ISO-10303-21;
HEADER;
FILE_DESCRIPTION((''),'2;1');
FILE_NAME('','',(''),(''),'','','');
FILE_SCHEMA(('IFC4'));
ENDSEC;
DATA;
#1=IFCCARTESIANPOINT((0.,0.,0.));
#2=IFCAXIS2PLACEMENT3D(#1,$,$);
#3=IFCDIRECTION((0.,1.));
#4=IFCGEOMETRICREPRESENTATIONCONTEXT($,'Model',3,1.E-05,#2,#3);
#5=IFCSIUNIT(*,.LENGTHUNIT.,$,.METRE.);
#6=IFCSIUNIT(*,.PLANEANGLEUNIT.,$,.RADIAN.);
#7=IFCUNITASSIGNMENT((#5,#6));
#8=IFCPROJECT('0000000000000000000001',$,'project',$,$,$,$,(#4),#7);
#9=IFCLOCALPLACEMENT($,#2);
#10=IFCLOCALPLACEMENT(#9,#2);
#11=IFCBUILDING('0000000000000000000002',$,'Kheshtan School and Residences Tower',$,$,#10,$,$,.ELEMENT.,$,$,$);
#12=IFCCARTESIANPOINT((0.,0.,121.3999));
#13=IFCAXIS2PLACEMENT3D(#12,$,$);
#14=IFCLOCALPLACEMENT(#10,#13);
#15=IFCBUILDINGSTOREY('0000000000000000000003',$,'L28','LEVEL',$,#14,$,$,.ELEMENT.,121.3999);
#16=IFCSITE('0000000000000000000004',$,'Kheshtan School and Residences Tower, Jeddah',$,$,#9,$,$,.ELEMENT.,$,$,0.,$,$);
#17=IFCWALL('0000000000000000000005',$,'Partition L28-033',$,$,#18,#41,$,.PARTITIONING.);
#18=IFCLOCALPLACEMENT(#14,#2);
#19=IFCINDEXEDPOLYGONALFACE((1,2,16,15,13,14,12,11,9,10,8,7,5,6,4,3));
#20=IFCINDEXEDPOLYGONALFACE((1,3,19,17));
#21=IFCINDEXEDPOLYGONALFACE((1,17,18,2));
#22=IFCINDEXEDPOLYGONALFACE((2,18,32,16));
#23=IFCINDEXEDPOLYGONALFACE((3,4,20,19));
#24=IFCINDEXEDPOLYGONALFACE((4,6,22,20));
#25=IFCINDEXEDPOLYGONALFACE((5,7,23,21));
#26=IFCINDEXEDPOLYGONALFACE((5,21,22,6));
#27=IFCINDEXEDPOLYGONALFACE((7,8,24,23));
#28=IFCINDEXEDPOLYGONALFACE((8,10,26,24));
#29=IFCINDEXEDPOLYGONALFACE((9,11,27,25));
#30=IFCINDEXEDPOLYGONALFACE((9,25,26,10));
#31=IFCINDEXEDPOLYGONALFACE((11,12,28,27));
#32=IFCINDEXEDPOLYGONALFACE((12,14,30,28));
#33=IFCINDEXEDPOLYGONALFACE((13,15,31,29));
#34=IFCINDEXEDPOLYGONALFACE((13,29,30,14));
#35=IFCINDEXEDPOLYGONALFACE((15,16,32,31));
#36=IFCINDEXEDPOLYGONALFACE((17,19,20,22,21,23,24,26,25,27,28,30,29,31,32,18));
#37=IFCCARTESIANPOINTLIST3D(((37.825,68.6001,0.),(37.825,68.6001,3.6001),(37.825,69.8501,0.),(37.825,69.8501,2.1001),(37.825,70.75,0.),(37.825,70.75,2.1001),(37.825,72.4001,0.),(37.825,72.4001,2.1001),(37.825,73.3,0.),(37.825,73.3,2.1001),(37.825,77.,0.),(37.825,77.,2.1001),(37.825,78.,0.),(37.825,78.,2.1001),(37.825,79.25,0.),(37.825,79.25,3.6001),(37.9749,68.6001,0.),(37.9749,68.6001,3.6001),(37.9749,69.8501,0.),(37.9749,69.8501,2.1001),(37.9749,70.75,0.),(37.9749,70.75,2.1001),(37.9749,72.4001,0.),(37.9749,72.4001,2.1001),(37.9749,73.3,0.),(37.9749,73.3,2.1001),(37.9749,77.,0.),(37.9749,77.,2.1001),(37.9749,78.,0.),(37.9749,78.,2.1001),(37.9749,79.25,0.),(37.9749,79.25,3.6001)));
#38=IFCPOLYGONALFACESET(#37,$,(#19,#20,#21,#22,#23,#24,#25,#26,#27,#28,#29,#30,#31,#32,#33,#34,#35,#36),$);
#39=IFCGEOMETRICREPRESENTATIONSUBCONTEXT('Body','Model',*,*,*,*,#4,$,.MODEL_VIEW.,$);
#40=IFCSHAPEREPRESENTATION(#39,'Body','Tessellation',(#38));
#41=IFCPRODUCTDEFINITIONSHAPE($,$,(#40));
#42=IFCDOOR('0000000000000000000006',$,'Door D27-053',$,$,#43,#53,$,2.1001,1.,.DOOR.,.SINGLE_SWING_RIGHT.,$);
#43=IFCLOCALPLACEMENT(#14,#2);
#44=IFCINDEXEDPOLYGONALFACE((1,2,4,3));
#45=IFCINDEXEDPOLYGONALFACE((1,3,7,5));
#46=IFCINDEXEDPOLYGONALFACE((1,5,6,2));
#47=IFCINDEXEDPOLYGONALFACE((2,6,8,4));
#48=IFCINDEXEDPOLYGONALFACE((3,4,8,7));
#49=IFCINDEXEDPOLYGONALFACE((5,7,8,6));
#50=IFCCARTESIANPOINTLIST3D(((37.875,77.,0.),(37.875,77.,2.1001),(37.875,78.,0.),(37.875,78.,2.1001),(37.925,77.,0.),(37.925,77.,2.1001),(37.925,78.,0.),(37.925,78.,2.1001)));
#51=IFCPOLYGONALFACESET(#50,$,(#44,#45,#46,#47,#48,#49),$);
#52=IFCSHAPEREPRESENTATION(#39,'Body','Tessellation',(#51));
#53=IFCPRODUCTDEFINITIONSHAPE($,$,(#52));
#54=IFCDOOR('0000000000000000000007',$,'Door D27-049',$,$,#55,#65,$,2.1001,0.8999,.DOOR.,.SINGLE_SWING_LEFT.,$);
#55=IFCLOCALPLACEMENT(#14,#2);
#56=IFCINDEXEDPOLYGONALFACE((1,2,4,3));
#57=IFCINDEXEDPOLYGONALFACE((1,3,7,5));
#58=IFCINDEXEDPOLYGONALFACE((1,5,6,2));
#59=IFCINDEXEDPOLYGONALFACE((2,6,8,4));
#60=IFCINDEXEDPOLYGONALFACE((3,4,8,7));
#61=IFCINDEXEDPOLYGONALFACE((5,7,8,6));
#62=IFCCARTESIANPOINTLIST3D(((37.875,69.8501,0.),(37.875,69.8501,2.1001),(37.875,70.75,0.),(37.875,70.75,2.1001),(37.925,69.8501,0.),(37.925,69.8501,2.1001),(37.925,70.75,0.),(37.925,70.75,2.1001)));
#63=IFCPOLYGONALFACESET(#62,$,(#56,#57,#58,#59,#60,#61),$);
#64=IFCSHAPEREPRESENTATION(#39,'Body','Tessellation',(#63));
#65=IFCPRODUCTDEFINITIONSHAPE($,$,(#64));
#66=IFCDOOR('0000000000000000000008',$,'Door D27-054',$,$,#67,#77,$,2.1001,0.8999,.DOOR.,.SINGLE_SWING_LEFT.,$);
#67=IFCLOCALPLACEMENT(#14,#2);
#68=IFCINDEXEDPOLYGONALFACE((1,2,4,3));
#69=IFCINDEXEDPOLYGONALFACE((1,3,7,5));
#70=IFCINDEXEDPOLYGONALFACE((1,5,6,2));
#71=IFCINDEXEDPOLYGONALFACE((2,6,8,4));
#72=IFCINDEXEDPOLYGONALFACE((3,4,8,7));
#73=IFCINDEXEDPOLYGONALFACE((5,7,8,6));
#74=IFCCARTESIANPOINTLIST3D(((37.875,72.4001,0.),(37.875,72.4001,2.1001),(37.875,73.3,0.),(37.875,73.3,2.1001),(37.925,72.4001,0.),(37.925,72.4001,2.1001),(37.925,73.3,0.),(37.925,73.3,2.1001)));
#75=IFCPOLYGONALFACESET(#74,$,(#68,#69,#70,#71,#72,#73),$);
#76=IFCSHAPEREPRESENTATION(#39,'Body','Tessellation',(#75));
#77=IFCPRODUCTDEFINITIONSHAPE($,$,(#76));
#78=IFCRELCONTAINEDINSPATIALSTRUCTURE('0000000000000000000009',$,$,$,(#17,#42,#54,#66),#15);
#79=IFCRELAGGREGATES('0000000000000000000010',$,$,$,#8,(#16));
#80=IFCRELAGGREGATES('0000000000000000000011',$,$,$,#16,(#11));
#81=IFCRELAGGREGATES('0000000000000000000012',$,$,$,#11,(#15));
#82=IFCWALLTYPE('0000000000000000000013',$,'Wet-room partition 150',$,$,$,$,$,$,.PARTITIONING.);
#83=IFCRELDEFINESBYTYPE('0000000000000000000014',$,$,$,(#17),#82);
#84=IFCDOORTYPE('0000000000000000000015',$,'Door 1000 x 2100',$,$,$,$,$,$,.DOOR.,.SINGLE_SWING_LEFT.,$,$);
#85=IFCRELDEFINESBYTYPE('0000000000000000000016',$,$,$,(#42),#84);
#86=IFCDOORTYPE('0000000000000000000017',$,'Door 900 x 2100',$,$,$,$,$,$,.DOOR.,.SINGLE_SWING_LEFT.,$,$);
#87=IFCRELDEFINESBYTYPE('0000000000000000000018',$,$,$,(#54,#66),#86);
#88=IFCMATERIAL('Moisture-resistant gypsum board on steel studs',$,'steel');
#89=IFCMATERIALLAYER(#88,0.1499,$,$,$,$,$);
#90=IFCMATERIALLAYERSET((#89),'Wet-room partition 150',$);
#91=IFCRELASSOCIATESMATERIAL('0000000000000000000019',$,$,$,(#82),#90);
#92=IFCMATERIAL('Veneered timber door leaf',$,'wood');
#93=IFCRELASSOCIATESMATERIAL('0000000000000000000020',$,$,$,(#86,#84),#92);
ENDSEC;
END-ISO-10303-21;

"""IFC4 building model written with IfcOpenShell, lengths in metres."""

from ifc_helpers import new_model, si_unit, direction, frame, frame_2d, origin, place, context, subcontext, project, spatial, rectangle, extrude, source, transform, mapped, material, layer, layer_set, type_object, element, fill, save


model = new_model("IFC4")

# Units and contexts
model_context = context("Model", 3, precision=1e-05, world=origin(), true_north=direction((0.0, 1.0)))
body_context = subcontext(model_context, "Body", "Model", "MODEL_VIEW")
ifc_project = project(units=[si_unit("LENGTHUNIT", "METRE"), si_unit("PLANEANGLEUNIT", "RADIAN")], contexts=[model_context])

# Site, building, storey
site_placement = place(None, origin())
site = spatial("IfcSite", under=ifc_project, at=site_placement, Name="Kheshtan School and Residences Tower, Jeddah", CompositionType="ELEMENT", RefElevation=0.0)
building_placement = place(site_placement, origin())
building = spatial("IfcBuilding", under=site, at=building_placement, Name="Kheshtan School and Residences Tower", CompositionType="ELEMENT")
storey_placement = place(building_placement, frame((0.0, 0.0, 121.3999)))
storey = spatial("IfcBuildingStorey", under=building, at=storey_placement, Name="L28", Description="LEVEL", CompositionType="ELEMENT", Elevation=121.3999)

# Shared definitions
ifc_material_1 = material(Name="Moisture-resistant gypsum board on steel studs", Category="steel")
ifc_layer_1 = layer(ifc_material_1, 0.1499)
ifc_layer_set_1 = layer_set([ifc_layer_1], Name="Wet-room partition 150")
wall_type_1 = type_object("IfcWallType", Name="Wet-room partition 150", PredefinedType="PARTITIONING", material=ifc_layer_set_1)

# Shared definitions
ifc_material_2 = material(Name="Veneered timber door leaf", Category="wood")

# Wall, openings, doors
door_type_1 = type_object("IfcDoorType", Name="Door 900 x 2100", OperationType="SINGLE_SWING_LEFT", PredefinedType="DOOR", material=ifc_material_2)
shared_shape_1 = source(origin(), body_context, "Body", "SweptSolid", [
    extrude(rectangle(XDim=0.8999, YDim=2.1001, at=frame_2d((0.45, 1.05))), frame((0.0, 0.0249, 0.0), z_axis=(0.0, -1.0, 0.0), x_axis=(1.0, 0.0, 0.0)), (0.0, 0.0, 1.0), 0.05),
])
wall_1_placement = place(storey_placement, frame((37.8999, 68.6001, 0.0), z_axis=(0.0, 0.0, 1.0), x_axis=(0.0, 1.0, 0.0)))
wall_1 = element("IfcWall", 1, at=wall_1_placement, inside=storey, type_object=wall_type_1, Name="Partition L28-033", PredefinedType="PARTITIONING", context=body_context, shape_type="SweptSolid", body=[
    extrude(rectangle(XDim=10.6499, YDim=0.1499, at=frame_2d((5.325, 0.0))), origin(), (0.0, 0.0, 1.0), 3.6001),
])
opening_1_placement = place(wall_1_placement, frame((1.25, 0.0, 0.0)))
opening_1 = element("IfcOpeningElement", 2, at=opening_1_placement, cuts=wall_1, PredefinedType="OPENING", context=body_context, shape_type="SweptSolid", body=[
    extrude(rectangle(XDim=0.8999, YDim=2.1001, at=frame_2d((0.45, 1.05))), frame((0.0, 0.085, 0.0), z_axis=(0.0, -1.0, 0.0), x_axis=(1.0, 0.0, 0.0)), (0.0, 0.0, 1.0), 0.1699),
])
opening_2_placement = place(wall_1_placement, frame((8.3999, 0.0, 0.0)))
opening_2 = element("IfcOpeningElement", 3, at=opening_2_placement, cuts=wall_1, PredefinedType="OPENING", context=body_context, shape_type="SweptSolid", body=[
    extrude(rectangle(XDim=1.0, YDim=2.1001, at=frame_2d((0.5, 1.05))), frame((0.0, 0.085, 0.0), z_axis=(0.0, -1.0, 0.0), x_axis=(1.0, 0.0, 0.0)), (0.0, 0.0, 1.0), 0.1699),
])
opening_3_placement = place(wall_1_placement, frame((3.8, 0.0, 0.0)))
opening_3 = element("IfcOpeningElement", 4, at=opening_3_placement, cuts=wall_1, PredefinedType="OPENING", context=body_context, shape_type="SweptSolid", body=[
    extrude(rectangle(XDim=0.8999, YDim=2.1001, at=frame_2d((0.45, 1.05))), frame((0.0, 0.085, 0.0), z_axis=(0.0, -1.0, 0.0), x_axis=(1.0, 0.0, 0.0)), (0.0, 0.0, 1.0), 0.1699),
])
door_type_2 = type_object("IfcDoorType", Name="Door 1000 x 2100", OperationType="SINGLE_SWING_LEFT", PredefinedType="DOOR", material=ifc_material_2)
shared_shape_2 = source(origin(), body_context, "Body", "SweptSolid", [
    extrude(rectangle(XDim=1.0, YDim=2.1001, at=frame_2d((0.5, 1.05))), frame((0.0, 0.0249, 0.0), z_axis=(0.0, -1.0, 0.0), x_axis=(1.0, 0.0, 0.0)), (0.0, 0.0, 1.0), 0.05),
])
door_1_placement = place(opening_2_placement, origin())
door_1 = element("IfcDoor", 5, at=door_1_placement, inside=storey, type_object=door_type_2, Name="Door D27-053", OperationType="SINGLE_SWING_RIGHT", OverallHeight=2.1001, OverallWidth=1.0, PredefinedType="DOOR", context=body_context, shape_type="MappedRepresentation", body=[
    mapped(shared_shape_2, transform((0.0, 0.0, 0.0), x_axis=(1.0, 0.0, 0.0), y_axis=(0.0, 1.0, 0.0), z_axis=(0.0, 0.0, 1.0), scale=1.0)),
])
fill(opening_2, door_1)
door_2_placement = place(opening_1_placement, origin())
door_2 = element("IfcDoor", 6, at=door_2_placement, inside=storey, type_object=door_type_1, Name="Door D27-049", OperationType="SINGLE_SWING_LEFT", OverallHeight=2.1001, OverallWidth=0.8999, PredefinedType="DOOR", context=body_context, shape_type="MappedRepresentation", body=[
    mapped(shared_shape_1, transform((0.0, 0.0, 0.0), x_axis=(1.0, 0.0, 0.0), y_axis=(0.0, 1.0, 0.0), z_axis=(0.0, 0.0, 1.0), scale=1.0)),
])
fill(opening_1, door_2)
door_3_placement = place(opening_3_placement, origin())
door_3 = element("IfcDoor", 7, at=door_3_placement, inside=storey, type_object=door_type_1, Name="Door D27-054", OperationType="SINGLE_SWING_LEFT", OverallHeight=2.1001, OverallWidth=0.8999, PredefinedType="DOOR", context=body_context, shape_type="MappedRepresentation", body=[
    mapped(shared_shape_1, transform((0.0, 0.0, 0.0), x_axis=(1.0, 0.0, 0.0), y_axis=(0.0, 1.0, 0.0), z_axis=(0.0, 0.0, 1.0), scale=1.0)),
])
fill(opening_3, door_3)

save(model, "model.ifc")
